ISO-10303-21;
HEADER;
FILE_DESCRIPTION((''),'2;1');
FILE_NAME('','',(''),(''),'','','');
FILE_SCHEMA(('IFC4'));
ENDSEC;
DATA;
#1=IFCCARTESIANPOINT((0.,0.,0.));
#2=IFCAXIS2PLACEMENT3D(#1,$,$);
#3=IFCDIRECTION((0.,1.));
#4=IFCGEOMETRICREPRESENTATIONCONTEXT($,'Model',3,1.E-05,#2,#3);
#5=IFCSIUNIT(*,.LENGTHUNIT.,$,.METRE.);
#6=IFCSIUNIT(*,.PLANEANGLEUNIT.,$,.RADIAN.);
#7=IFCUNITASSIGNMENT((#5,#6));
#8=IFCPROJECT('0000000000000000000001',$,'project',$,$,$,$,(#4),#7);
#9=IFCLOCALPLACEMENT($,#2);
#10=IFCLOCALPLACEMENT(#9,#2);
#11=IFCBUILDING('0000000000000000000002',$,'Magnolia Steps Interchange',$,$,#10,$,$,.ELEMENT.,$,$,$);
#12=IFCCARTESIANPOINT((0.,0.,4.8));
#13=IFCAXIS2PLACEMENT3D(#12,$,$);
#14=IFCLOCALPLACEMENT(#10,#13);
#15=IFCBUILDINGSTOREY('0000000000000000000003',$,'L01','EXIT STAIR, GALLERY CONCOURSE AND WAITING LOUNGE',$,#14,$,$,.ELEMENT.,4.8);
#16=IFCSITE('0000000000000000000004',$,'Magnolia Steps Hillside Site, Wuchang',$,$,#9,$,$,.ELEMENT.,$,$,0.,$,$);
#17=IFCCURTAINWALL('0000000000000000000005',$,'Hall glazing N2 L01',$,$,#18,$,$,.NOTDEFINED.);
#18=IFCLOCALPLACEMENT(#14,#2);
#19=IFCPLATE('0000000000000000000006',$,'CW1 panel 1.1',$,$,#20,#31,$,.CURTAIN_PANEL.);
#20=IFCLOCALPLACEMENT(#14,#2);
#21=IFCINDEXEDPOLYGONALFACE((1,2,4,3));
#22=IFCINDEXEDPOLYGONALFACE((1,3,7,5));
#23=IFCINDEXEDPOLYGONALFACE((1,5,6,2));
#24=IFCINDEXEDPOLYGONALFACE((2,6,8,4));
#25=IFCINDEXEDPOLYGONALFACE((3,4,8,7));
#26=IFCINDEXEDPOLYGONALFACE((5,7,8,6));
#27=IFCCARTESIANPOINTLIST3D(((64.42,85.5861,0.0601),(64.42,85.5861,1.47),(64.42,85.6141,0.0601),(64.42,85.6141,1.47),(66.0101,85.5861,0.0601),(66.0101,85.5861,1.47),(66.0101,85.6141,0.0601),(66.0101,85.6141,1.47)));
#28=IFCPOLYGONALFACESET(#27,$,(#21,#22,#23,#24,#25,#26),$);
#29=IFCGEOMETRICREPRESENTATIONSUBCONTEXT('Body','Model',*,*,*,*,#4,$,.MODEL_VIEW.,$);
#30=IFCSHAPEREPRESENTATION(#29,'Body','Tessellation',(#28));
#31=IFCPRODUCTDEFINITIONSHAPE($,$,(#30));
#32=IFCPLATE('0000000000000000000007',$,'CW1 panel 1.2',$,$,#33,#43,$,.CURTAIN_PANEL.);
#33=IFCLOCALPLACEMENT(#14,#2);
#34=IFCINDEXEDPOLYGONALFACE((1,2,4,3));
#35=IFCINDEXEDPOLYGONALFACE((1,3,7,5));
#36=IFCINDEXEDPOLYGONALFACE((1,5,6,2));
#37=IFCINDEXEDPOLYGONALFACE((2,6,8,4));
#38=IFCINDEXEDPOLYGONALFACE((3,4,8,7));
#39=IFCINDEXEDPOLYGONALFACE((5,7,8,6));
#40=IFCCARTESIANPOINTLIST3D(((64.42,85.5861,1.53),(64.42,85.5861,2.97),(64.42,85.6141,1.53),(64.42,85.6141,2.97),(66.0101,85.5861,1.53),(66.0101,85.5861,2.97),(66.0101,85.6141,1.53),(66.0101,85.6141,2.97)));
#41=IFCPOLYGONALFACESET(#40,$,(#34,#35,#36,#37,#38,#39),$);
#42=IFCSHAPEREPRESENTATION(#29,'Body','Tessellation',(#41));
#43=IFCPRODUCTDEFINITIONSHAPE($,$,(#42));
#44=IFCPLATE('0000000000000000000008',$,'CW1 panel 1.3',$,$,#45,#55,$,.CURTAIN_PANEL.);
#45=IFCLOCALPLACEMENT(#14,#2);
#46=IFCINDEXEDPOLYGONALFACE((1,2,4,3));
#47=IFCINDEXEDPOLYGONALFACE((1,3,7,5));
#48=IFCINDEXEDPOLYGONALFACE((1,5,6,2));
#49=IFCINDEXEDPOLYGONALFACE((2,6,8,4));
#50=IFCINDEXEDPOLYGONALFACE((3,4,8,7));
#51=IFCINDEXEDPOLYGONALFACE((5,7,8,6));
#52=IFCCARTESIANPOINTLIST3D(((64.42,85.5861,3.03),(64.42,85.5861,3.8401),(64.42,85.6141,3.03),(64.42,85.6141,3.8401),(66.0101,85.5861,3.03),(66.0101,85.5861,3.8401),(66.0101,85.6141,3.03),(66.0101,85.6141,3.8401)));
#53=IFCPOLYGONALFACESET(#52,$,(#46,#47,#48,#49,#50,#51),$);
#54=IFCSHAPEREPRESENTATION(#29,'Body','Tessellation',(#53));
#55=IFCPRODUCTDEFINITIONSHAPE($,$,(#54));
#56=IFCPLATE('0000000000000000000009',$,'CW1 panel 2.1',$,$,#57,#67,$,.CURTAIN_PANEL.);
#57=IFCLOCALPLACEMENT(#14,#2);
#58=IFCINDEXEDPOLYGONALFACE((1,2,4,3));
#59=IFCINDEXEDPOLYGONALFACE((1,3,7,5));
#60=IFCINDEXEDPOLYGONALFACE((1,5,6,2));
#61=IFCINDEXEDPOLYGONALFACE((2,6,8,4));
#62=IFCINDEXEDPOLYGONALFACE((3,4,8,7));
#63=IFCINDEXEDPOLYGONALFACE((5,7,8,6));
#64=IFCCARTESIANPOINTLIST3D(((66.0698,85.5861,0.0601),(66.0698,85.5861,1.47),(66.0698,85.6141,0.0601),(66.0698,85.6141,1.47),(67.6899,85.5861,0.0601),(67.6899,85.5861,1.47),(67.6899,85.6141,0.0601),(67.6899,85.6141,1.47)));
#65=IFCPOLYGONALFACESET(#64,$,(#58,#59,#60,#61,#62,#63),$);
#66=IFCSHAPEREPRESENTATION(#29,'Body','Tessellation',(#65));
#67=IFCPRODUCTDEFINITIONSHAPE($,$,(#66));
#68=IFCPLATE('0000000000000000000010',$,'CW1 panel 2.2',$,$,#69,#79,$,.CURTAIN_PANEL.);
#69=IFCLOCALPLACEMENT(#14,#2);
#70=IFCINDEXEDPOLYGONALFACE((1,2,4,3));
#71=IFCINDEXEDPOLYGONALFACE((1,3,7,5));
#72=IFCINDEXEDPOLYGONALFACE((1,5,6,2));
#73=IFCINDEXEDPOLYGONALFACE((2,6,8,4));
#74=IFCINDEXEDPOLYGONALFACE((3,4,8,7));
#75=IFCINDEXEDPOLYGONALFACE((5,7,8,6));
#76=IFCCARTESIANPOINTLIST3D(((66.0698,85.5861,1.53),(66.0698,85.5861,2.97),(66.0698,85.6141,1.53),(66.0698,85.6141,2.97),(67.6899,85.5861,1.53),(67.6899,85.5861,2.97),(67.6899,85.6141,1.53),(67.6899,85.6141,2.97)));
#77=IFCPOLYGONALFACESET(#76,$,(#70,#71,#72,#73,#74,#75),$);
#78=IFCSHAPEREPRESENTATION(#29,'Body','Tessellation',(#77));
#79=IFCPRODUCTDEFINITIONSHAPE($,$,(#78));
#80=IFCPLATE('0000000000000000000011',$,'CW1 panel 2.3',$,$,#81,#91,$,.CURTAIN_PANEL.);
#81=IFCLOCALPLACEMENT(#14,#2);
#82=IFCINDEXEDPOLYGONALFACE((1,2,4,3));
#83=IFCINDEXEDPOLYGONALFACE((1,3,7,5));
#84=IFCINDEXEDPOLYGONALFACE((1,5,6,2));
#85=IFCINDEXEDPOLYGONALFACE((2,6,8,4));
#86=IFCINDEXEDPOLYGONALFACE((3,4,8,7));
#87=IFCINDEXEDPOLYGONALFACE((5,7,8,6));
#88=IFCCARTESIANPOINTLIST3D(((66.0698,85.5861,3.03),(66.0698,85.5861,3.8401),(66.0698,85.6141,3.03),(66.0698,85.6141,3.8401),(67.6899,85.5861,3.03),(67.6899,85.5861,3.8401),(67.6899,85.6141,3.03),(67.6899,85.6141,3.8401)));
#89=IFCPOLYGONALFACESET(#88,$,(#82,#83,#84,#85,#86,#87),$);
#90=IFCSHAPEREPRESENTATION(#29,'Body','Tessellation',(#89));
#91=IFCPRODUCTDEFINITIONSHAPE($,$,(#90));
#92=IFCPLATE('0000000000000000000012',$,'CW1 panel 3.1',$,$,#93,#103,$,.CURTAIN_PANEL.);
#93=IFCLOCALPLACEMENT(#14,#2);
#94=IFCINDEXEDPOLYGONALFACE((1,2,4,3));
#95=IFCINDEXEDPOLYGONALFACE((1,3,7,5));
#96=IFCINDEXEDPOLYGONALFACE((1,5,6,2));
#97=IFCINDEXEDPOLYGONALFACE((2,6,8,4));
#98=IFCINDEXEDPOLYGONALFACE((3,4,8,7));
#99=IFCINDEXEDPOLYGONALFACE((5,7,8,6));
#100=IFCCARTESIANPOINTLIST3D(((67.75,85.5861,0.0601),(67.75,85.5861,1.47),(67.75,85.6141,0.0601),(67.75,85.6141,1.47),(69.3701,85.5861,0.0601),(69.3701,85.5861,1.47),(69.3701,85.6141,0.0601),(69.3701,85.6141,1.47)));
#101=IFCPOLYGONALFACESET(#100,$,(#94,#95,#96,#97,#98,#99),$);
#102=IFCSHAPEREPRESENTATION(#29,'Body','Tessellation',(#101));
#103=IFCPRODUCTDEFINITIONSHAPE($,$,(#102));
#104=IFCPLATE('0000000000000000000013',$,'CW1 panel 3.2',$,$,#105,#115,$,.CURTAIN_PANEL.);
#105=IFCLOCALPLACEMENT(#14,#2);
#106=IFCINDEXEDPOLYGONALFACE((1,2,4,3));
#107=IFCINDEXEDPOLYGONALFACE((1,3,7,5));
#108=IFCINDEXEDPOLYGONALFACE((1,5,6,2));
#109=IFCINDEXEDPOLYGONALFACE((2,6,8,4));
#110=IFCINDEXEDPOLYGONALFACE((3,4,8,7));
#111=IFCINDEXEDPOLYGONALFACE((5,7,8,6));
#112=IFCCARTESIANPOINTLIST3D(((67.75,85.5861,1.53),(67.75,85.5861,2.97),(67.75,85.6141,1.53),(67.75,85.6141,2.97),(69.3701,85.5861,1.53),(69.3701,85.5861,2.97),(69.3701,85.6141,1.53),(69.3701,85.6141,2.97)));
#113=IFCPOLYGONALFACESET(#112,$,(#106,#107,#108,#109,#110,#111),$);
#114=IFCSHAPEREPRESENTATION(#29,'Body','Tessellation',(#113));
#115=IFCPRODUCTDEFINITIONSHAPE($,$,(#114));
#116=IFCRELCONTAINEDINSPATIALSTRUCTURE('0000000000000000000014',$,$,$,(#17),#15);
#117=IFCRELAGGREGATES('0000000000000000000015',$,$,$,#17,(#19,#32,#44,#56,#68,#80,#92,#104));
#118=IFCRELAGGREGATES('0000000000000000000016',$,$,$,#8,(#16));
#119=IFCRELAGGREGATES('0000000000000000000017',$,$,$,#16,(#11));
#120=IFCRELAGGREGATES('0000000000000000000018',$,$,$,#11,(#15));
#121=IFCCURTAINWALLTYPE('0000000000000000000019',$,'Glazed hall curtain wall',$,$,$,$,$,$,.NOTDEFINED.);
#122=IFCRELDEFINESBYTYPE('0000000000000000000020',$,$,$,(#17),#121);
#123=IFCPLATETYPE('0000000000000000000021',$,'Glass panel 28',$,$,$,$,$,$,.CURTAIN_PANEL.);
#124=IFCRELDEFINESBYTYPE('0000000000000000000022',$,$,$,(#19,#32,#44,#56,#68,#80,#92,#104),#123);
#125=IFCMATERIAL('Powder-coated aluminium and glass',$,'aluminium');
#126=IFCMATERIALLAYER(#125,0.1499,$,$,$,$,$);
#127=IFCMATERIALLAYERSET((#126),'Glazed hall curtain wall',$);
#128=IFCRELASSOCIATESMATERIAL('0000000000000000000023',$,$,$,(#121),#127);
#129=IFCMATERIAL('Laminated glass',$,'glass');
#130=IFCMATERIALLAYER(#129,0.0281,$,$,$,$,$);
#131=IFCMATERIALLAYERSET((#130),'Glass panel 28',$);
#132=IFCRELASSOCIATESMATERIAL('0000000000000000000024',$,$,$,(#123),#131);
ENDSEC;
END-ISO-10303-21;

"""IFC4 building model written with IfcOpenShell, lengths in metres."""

from ifc_helpers import new_model, si_unit, direction, frame, origin, origin_2d, place, context, subcontext, project, spatial, rectangle, extrude, material, layer, layer_set, type_object, element, aggregate, save


model = new_model("IFC4")

# Units and contexts
model_context = context("Model", 3, precision=1e-05, world=origin(), true_north=direction((0.0, 1.0)))
body_context = subcontext(model_context, "Body", "Model", "MODEL_VIEW")
ifc_project = project(units=[si_unit("LENGTHUNIT", "METRE"), si_unit("PLANEANGLEUNIT", "RADIAN")], contexts=[model_context])

# Site, building, storey
site_placement = place(None, origin())
site = spatial("IfcSite", under=ifc_project, at=site_placement, Name="Magnolia Steps Hillside Site, Wuchang", CompositionType="ELEMENT", RefElevation=0.0)
building_placement = place(site_placement, origin())
building = spatial("IfcBuilding", under=site, at=building_placement, Name="Magnolia Steps Interchange", CompositionType="ELEMENT")
storey_placement = place(building_placement, frame((0.0, 0.0, 4.8)))
storey = spatial("IfcBuildingStorey", under=building, at=storey_placement, Name="L01", Description="EXIT STAIR, GALLERY CONCOURSE AND WAITING LOUNGE", CompositionType="ELEMENT", Elevation=4.8)

# Curtain wall, plates
ifc_material_1 = material(Name="Powder-coated aluminium and glass", Category="aluminium")
ifc_layer_1 = layer(ifc_material_1, 0.1499)
ifc_layer_set_1 = layer_set([ifc_layer_1], Name="Glazed hall curtain wall")
curtain_wall_type = type_object("IfcCurtainWallType", Name="Glazed hall curtain wall", PredefinedType="NOTDEFINED", material=ifc_layer_set_1)
curtain_wall_placement = place(storey_placement, origin())
curtain_wall = element("IfcCurtainWall", 1, at=curtain_wall_placement, inside=storey, type_object=curtain_wall_type, Name="Hall glazing N2 L01", PredefinedType="NOTDEFINED")
ifc_material_2 = material(Name="Laminated glass", Category="glass")
ifc_layer_2 = layer(ifc_material_2, 0.0281)
ifc_layer_set_2 = layer_set([ifc_layer_2], Name="Glass panel 28")
plate_type = type_object("IfcPlateType", Name="Glass panel 28", PredefinedType="CURTAIN_PANEL", material=ifc_layer_set_2)
plate_1_placement = place(storey_placement, frame((65.2151, 85.6001, 0.0601), z_axis=(0.0, 0.0, 1.0), x_axis=(1.0, 0.0, 0.0)))
plate_1 = element("IfcPlate", 2, at=plate_1_placement, type_object=plate_type, Name="CW1 panel 1.1", PredefinedType="CURTAIN_PANEL", context=body_context, shape_type="SweptSolid", body=[
    extrude(rectangle(XDim=1.5901, YDim=0.0281, at=origin_2d()), origin(), (0.0, 0.0, 1.0), 1.4099),
])
plate_2_placement = place(storey_placement, frame((65.2151, 85.6001, 1.53), z_axis=(0.0, 0.0, 1.0), x_axis=(1.0, 0.0, 0.0)))
plate_2 = element("IfcPlate", 3, at=plate_2_placement, type_object=plate_type, Name="CW1 panel 1.2", PredefinedType="CURTAIN_PANEL", context=body_context, shape_type="SweptSolid", body=[
    extrude(rectangle(XDim=1.5901, YDim=0.0281, at=origin_2d()), origin(), (0.0, 0.0, 1.0), 1.4399),
])
plate_3_placement = place(storey_placement, frame((65.2151, 85.6001, 3.03), z_axis=(0.0, 0.0, 1.0), x_axis=(1.0, 0.0, 0.0)))
plate_3 = element("IfcPlate", 4, at=plate_3_placement, type_object=plate_type, Name="CW1 panel 1.3", PredefinedType="CURTAIN_PANEL", context=body_context, shape_type="SweptSolid", body=[
    extrude(rectangle(XDim=1.5901, YDim=0.0281, at=origin_2d()), origin(), (0.0, 0.0, 1.0), 0.8101),
])
plate_4_placement = place(storey_placement, frame((66.8799, 85.6001, 0.0601), z_axis=(0.0, 0.0, 1.0), x_axis=(1.0, 0.0, 0.0)))
plate_4 = element("IfcPlate", 5, at=plate_4_placement, type_object=plate_type, Name="CW1 panel 2.1", PredefinedType="CURTAIN_PANEL", context=body_context, shape_type="SweptSolid", body=[
    extrude(rectangle(XDim=1.6201, YDim=0.0281, at=origin_2d()), origin(), (0.0, 0.0, 1.0), 1.4099),
])
plate_5_placement = place(storey_placement, frame((66.8799, 85.6001, 1.53), z_axis=(0.0, 0.0, 1.0), x_axis=(1.0, 0.0, 0.0)))
plate_5 = element("IfcPlate", 6, at=plate_5_placement, type_object=plate_type, Name="CW1 panel 2.2", PredefinedType="CURTAIN_PANEL", context=body_context, shape_type="SweptSolid", body=[
    extrude(rectangle(XDim=1.6201, YDim=0.0281, at=origin_2d()), origin(), (0.0, 0.0, 1.0), 1.4399),
])
plate_6_placement = place(storey_placement, frame((66.8799, 85.6001, 3.03), z_axis=(0.0, 0.0, 1.0), x_axis=(1.0, 0.0, 0.0)))
plate_6 = element("IfcPlate", 7, at=plate_6_placement, type_object=plate_type, Name="CW1 panel 2.3", PredefinedType="CURTAIN_PANEL", context=body_context, shape_type="SweptSolid", body=[
    extrude(rectangle(XDim=1.6201, YDim=0.0281, at=origin_2d()), origin(), (0.0, 0.0, 1.0), 0.8101),
])
plate_7_placement = place(storey_placement, frame((68.5601, 85.6001, 0.0601), z_axis=(0.0, 0.0, 1.0), x_axis=(1.0, 0.0, 0.0)))
plate_7 = element("IfcPlate", 8, at=plate_7_placement, type_object=plate_type, Name="CW1 panel 3.1", PredefinedType="CURTAIN_PANEL", context=body_context, shape_type="SweptSolid", body=[
    extrude(rectangle(XDim=1.6201, YDim=0.0281, at=origin_2d()), origin(), (0.0, 0.0, 1.0), 1.4099),
])
plate_8_placement = place(storey_placement, frame((68.5601, 85.6001, 1.53), z_axis=(0.0, 0.0, 1.0), x_axis=(1.0, 0.0, 0.0)))
plate_8 = element("IfcPlate", 9, at=plate_8_placement, type_object=plate_type, Name="CW1 panel 3.2", PredefinedType="CURTAIN_PANEL", context=body_context, shape_type="SweptSolid", body=[
    extrude(rectangle(XDim=1.6201, YDim=0.0281, at=origin_2d()), origin(), (0.0, 0.0, 1.0), 1.4399),
])
aggregate(curtain_wall, [plate_1, plate_2, plate_3, plate_4, plate_5, plate_6, plate_7, plate_8])

save(model, "model.ifc")
